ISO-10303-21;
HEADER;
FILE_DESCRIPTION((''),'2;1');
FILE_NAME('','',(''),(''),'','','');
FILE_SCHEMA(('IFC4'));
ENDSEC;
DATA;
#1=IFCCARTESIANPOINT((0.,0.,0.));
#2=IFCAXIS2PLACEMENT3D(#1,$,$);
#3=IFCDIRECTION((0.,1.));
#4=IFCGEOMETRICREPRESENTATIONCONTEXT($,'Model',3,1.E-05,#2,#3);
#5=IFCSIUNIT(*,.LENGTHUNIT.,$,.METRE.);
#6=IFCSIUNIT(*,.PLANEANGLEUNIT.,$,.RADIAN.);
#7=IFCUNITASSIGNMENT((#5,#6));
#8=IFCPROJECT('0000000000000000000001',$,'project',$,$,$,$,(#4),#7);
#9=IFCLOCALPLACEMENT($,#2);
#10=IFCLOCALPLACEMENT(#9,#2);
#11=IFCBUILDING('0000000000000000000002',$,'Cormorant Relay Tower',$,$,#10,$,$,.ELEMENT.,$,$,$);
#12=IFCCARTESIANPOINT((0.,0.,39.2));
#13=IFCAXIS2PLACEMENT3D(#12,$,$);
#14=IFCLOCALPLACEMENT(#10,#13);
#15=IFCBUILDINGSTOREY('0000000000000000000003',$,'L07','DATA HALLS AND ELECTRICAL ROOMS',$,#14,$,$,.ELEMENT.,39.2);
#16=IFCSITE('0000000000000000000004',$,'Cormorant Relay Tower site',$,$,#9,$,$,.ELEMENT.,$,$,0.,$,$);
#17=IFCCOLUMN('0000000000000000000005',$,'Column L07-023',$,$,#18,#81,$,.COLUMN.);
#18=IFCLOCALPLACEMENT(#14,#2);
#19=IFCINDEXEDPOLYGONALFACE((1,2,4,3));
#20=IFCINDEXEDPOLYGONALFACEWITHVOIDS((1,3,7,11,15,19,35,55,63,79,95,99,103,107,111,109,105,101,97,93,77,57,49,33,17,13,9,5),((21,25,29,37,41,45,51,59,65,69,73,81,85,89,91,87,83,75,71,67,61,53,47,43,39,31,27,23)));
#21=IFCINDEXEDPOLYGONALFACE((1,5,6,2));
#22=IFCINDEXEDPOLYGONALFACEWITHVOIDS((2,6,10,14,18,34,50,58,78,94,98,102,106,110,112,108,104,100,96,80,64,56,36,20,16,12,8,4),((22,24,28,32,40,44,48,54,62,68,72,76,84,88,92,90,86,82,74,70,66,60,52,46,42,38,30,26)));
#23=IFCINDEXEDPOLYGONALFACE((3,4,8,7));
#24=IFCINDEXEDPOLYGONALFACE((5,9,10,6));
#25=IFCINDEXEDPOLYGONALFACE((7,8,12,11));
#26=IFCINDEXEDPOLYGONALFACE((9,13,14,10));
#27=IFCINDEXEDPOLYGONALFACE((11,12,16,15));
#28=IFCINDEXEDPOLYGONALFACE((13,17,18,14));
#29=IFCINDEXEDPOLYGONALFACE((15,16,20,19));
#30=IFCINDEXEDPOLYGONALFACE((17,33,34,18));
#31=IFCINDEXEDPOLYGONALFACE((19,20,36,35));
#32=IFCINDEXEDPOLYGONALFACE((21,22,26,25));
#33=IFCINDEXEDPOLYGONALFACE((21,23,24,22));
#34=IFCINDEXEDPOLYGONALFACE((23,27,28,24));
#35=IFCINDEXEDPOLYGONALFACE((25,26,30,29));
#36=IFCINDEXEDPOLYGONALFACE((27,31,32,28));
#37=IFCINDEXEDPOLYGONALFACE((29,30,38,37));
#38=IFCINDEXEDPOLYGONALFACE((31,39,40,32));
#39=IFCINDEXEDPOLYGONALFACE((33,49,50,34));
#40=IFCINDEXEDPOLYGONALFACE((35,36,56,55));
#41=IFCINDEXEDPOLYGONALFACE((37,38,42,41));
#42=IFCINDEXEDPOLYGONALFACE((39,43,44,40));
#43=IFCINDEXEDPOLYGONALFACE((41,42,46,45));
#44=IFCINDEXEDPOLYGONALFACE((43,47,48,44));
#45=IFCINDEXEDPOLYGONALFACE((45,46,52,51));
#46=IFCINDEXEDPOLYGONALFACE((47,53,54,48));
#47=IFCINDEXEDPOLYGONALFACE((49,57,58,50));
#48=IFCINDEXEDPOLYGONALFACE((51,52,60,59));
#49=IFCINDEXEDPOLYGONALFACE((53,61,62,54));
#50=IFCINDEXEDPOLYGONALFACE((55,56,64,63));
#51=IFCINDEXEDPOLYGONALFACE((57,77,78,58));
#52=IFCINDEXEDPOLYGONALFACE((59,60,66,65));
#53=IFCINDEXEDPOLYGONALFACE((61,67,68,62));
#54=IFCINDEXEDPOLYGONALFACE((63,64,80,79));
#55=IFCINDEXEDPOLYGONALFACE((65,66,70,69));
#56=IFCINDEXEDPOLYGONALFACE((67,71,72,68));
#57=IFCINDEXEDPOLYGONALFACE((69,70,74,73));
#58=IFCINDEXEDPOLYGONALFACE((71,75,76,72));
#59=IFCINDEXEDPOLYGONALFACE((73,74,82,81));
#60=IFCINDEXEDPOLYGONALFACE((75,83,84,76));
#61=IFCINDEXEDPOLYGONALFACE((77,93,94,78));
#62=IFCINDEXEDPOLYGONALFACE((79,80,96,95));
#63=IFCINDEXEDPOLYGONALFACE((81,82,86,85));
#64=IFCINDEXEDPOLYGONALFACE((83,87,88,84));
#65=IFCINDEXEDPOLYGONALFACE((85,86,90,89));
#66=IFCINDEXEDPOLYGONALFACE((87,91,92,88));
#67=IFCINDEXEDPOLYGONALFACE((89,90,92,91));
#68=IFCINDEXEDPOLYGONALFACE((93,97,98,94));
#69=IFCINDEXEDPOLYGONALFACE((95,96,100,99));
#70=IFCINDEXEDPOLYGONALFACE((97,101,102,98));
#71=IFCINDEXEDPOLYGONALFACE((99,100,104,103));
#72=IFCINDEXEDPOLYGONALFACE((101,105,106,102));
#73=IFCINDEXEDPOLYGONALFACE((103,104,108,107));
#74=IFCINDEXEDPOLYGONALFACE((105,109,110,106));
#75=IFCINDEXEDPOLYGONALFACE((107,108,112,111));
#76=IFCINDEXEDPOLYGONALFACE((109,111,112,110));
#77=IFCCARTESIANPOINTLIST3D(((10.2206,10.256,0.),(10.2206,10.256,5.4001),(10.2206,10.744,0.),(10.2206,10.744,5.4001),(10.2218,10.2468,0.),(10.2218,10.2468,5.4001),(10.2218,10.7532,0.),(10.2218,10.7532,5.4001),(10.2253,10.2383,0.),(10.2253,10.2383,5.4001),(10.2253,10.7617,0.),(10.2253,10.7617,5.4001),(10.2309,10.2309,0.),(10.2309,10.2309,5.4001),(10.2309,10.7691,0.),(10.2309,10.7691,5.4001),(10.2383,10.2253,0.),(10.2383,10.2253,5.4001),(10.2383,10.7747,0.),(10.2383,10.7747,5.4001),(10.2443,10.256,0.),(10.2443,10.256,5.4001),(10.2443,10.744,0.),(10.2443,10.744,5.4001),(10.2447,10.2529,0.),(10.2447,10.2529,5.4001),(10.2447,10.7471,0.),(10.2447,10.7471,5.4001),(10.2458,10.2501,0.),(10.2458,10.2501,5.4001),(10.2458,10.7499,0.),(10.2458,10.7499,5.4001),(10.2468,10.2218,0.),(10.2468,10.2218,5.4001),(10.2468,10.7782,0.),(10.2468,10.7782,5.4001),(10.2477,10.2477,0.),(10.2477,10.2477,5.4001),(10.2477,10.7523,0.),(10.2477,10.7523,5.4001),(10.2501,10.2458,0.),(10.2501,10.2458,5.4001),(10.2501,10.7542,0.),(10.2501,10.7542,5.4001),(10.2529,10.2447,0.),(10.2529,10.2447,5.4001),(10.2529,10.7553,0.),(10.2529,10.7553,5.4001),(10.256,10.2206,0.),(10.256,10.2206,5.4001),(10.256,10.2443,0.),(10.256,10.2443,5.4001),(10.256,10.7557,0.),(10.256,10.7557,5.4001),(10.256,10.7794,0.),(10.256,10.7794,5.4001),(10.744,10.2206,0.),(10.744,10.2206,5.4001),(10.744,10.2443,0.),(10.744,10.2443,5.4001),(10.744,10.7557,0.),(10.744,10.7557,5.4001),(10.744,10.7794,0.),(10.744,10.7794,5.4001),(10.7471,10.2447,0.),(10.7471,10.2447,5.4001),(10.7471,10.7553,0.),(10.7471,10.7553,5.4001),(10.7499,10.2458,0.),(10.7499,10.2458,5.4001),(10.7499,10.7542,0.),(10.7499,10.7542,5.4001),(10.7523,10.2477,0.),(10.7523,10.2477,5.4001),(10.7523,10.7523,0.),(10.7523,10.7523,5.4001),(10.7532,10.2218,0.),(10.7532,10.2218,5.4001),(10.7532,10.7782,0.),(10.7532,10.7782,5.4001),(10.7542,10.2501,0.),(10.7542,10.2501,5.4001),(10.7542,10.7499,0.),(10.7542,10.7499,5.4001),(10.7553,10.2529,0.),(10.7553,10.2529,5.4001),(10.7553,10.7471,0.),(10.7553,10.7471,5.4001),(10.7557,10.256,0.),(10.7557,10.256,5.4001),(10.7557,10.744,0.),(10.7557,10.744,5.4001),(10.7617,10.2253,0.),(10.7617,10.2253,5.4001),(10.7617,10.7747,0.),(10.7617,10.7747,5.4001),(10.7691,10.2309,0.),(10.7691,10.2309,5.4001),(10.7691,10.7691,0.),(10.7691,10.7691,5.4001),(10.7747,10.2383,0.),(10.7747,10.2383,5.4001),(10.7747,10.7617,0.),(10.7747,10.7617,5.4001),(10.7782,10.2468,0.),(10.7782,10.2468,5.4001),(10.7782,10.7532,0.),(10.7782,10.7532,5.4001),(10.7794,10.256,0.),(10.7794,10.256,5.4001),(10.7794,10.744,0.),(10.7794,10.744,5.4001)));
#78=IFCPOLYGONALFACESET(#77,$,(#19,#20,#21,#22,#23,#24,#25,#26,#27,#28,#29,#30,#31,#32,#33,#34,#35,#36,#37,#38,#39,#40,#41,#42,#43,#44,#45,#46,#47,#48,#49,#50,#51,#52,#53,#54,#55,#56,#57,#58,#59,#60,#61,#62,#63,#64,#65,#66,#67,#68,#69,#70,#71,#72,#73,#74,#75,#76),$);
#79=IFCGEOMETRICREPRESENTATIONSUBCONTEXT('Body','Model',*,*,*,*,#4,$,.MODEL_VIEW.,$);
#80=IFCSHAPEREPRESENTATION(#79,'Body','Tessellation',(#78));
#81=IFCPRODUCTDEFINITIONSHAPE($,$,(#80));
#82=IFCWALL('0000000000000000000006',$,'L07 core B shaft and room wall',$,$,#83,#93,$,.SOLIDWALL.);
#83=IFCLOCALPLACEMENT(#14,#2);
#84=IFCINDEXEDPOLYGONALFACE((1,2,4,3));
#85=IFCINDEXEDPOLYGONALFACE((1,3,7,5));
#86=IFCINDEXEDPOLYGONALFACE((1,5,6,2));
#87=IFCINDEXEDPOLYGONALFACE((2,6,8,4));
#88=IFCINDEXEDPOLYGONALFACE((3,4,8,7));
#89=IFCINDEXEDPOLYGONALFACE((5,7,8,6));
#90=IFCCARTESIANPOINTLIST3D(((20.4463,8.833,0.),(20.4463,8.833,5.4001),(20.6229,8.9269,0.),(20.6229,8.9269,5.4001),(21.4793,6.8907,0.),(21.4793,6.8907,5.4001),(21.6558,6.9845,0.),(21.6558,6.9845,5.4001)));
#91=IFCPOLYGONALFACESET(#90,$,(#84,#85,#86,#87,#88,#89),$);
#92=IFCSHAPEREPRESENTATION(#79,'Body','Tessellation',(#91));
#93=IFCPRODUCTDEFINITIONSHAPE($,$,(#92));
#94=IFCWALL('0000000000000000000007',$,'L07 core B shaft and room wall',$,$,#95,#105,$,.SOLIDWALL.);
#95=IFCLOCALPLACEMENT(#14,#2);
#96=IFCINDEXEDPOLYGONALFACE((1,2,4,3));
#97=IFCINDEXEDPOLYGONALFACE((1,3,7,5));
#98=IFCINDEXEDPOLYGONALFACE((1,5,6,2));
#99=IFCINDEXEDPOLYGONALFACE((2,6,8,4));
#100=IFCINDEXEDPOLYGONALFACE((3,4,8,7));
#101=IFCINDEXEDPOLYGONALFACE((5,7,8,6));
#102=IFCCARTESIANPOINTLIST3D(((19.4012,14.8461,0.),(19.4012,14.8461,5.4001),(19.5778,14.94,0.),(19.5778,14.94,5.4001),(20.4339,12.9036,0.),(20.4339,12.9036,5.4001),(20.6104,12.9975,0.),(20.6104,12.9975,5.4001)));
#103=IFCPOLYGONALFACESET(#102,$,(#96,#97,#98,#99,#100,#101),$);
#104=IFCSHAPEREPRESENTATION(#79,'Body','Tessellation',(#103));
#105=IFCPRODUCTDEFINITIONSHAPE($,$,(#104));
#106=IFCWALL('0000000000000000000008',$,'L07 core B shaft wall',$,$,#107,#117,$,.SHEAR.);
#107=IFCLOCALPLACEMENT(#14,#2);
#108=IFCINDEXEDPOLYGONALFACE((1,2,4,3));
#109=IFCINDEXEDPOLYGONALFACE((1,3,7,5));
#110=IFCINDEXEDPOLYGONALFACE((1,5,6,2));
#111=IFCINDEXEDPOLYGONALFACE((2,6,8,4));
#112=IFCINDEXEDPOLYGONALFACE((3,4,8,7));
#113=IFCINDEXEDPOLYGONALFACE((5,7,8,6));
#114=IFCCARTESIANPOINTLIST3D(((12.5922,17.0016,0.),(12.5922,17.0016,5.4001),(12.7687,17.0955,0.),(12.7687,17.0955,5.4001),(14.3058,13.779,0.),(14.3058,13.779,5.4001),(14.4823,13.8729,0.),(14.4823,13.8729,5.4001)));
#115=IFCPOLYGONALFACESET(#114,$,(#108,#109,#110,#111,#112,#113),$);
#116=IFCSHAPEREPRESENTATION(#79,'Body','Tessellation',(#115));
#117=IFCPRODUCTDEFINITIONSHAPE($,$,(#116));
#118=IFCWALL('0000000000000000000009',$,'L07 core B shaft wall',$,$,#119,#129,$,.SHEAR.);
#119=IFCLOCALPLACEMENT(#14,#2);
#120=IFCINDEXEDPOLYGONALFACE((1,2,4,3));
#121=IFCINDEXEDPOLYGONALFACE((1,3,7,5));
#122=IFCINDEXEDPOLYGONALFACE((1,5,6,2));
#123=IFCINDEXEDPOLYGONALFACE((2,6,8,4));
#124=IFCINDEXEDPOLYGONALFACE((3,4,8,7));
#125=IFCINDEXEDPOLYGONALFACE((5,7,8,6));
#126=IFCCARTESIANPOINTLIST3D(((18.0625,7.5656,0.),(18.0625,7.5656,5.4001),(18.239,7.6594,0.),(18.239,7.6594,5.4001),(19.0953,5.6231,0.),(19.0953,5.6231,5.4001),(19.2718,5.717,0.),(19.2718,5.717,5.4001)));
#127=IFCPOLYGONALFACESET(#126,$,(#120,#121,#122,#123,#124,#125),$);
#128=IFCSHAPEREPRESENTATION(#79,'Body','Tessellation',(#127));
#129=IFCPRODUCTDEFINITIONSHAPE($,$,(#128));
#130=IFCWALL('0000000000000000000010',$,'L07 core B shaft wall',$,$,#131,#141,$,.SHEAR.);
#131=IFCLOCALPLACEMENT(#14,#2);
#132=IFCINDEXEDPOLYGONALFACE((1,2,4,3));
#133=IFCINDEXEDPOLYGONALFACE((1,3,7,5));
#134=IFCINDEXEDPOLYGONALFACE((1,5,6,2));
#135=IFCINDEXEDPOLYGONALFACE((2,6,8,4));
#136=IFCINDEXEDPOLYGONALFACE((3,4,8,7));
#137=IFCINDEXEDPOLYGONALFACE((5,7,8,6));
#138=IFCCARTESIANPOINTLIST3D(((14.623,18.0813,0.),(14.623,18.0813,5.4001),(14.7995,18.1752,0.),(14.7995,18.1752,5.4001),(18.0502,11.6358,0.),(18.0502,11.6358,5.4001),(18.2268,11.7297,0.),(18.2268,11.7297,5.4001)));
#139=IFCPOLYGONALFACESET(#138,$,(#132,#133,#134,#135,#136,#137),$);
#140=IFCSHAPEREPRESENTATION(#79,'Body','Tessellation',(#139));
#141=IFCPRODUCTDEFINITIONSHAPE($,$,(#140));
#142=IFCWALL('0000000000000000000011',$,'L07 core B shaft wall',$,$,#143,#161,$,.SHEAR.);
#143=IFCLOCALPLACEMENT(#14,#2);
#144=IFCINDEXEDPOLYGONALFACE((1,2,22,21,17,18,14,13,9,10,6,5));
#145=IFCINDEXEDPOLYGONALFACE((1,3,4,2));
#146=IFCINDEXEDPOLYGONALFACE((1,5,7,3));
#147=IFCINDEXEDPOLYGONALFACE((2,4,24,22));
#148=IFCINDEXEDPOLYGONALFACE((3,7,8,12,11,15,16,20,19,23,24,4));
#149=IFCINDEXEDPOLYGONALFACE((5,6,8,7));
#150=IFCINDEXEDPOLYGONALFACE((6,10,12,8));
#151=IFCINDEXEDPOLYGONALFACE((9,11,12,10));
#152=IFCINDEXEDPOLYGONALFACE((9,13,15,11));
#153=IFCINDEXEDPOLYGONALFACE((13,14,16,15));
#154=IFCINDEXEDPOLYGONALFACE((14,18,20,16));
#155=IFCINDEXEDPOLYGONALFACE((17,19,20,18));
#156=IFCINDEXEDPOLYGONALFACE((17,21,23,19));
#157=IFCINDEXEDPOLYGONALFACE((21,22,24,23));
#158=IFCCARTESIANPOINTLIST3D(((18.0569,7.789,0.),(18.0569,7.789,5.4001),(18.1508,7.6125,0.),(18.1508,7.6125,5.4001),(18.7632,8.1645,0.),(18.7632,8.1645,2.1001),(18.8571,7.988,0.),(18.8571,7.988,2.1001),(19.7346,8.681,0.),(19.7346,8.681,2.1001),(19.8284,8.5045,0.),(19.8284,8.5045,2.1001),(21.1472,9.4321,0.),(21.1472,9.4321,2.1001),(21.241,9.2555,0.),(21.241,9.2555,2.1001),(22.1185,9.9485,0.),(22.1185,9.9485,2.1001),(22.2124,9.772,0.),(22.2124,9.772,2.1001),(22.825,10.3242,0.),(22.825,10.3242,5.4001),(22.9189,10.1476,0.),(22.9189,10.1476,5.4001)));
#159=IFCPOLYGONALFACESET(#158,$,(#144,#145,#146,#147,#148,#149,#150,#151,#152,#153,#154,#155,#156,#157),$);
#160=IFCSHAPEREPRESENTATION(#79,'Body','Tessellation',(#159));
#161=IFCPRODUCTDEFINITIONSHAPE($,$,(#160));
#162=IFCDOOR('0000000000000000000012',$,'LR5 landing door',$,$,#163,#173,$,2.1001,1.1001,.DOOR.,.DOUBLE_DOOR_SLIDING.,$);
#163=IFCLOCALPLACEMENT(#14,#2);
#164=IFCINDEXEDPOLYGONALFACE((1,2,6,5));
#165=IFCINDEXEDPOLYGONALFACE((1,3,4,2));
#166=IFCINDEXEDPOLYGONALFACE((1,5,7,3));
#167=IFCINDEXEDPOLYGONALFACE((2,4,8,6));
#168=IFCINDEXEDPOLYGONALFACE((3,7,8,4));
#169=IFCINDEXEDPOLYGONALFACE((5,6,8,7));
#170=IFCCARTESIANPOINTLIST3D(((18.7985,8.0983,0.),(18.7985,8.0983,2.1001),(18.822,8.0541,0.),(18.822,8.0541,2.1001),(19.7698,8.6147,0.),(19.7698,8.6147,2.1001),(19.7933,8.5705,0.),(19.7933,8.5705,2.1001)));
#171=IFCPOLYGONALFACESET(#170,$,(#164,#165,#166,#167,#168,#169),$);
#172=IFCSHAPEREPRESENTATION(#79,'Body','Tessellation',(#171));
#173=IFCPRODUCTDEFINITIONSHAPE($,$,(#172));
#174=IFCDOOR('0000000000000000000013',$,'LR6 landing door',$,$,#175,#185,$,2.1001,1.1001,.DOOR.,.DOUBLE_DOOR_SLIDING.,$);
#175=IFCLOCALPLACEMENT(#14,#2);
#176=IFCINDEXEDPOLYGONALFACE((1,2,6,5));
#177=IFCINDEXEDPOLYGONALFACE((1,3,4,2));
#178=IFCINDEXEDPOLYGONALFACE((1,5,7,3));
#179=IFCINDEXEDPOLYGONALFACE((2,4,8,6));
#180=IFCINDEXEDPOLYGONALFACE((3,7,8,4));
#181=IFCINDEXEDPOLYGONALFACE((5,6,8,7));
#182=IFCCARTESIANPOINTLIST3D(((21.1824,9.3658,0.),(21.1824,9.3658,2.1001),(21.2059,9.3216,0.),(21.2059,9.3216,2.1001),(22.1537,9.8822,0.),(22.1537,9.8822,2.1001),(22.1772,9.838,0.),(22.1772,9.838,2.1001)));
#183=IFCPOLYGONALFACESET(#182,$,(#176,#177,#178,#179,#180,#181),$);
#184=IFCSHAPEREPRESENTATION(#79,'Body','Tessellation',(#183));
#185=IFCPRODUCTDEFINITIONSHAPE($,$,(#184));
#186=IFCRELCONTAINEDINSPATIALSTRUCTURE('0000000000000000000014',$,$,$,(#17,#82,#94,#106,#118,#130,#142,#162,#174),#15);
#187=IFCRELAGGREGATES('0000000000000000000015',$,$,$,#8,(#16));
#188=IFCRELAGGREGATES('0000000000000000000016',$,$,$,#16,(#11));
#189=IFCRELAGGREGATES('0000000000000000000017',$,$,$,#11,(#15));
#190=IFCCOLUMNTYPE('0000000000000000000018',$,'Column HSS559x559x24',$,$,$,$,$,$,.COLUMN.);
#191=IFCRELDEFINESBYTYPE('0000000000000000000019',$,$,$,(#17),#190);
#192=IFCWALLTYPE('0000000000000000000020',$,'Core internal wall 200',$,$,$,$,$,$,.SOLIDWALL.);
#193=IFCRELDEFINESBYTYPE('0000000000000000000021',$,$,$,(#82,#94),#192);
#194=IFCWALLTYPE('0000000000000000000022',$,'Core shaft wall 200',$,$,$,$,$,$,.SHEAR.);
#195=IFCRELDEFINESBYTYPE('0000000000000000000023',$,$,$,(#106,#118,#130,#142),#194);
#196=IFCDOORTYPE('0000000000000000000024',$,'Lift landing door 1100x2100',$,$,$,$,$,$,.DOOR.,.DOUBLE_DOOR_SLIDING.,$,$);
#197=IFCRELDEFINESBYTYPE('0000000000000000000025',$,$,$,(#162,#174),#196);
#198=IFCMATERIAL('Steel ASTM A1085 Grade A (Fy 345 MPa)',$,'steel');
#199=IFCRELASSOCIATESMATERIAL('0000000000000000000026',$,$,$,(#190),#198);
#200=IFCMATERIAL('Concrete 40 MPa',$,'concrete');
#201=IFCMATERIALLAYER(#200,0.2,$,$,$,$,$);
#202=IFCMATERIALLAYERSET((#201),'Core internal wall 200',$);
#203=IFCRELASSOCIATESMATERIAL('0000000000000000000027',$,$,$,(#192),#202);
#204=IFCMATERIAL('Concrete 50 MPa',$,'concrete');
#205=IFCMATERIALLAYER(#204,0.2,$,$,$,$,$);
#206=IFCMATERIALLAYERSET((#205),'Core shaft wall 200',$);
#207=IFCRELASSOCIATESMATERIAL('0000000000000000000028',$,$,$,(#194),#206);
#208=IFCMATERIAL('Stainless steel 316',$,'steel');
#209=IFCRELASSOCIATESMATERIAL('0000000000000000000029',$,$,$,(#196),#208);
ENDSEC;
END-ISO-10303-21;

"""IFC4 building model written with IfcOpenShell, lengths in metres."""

from ifc_helpers import new_model, si_unit, direction, frame, frame_2d, origin, origin_2d, place, context, subcontext, project, spatial, rectangle, hollow_rectangle, extrude, material, layer, layer_set, material_profile, profile_set, type_object, element, fill, save


model = new_model("IFC4")

# Units and contexts
model_context = context("Model", 3, precision=1e-05, world=origin(), true_north=direction((0.0, 1.0)))
body_context = subcontext(model_context, "Body", "Model", "MODEL_VIEW")
ifc_project = project(units=[si_unit("LENGTHUNIT", "METRE"), si_unit("PLANEANGLEUNIT", "RADIAN")], contexts=[model_context])

# Site, building, storey
site_placement = place(None, origin())
site = spatial("IfcSite", under=ifc_project, at=site_placement, Name="Cormorant Relay Tower site", CompositionType="ELEMENT", RefElevation=0.0)
building_placement = place(site_placement, origin())
building = spatial("IfcBuilding", under=site, at=building_placement, Name="Cormorant Relay Tower", CompositionType="ELEMENT")
storey_placement = place(building_placement, frame((0.0, 0.0, 39.2)))
storey = spatial("IfcBuildingStorey", under=building, at=storey_placement, Name="L07", Description="DATA HALLS AND ELECTRICAL ROOMS", CompositionType="ELEMENT", Elevation=39.2)

# Column
ifc_material_1 = material(Name="Steel ASTM A1085 Grade A (Fy 345 MPa)", Category="steel")
ifc_material_profile = material_profile(ifc_material_1, hollow_rectangle(XDim=0.5588, YDim=0.5588, WallThickness=0.0237, InnerFilletRadius=0.0117, OuterFilletRadius=0.0354, at=origin_2d()), Name="HSS559x559x24")
ifc_profile_set = profile_set([ifc_material_profile], Name="Steel ASTM A1085 Grade A (Fy 345 MPa)")
column_type = type_object("IfcColumnType", Name="Column HSS559x559x24", PredefinedType="COLUMN", material=ifc_profile_set)
column_placement = place(storey_placement, frame((10.5, 10.5, 0.0), z_axis=(0.0, 0.0, 1.0), x_axis=(1.0, 0.0, 0.0)))
element("IfcColumn", 1, at=column_placement, inside=storey, type_object=column_type, Name="Column L07-023", PredefinedType="COLUMN", context=body_context, shape_type="SweptSolid", body=[
    extrude(hollow_rectangle(XDim=0.5588, YDim=0.5588, WallThickness=0.0237, InnerFilletRadius=0.0117, OuterFilletRadius=0.0354, at=origin_2d()), origin(), (0.0, 0.0, 1.0), 5.4001),
])

# Walls
ifc_material_2 = material(Name="Concrete 40 MPa", Category="concrete")
ifc_layer_1 = layer(ifc_material_2, 0.2)
ifc_layer_set_1 = layer_set([ifc_layer_1], Name="Core internal wall 200")
wall_type_1 = type_object("IfcWallType", Name="Core internal wall 200", PredefinedType="SOLIDWALL", material=ifc_layer_set_1)
for number, where, z_axis, x_axis, name in (
    (2, (21.5676, 6.9375, 0.0), (0.0, 0.0, 1.0), (-0.469534, 0.882914, 0.0), "L07 core B shaft and room wall"),
    (3, (20.5222, 12.9504, 0.0), (0.0, 0.0, 1.0), (-0.469401, 0.882985, 0.0), "L07 core B shaft and room wall"),
):
    element("IfcWall", number, at=place(storey_placement, frame(where, z_axis=z_axis, x_axis=x_axis)), inside=storey, type_object=wall_type_1, Name=name, PredefinedType="SOLIDWALL", context=body_context, shape_type="SweptSolid", body=[
        extrude(rectangle(XDim=2.2, YDim=0.2, at=frame_2d((1.1001, 0.0))), origin(), (0.0, 0.0, 1.0), 5.4001),
    ])
ifc_material_3 = material(Name="Concrete 50 MPa", Category="concrete")
ifc_layer_2 = layer(ifc_material_3, 0.2)
ifc_layer_set_2 = layer_set([ifc_layer_2], Name="Core shaft wall 200")
wall_type_2 = type_object("IfcWallType", Name="Core shaft wall 200", PredefinedType="SHEAR", material=ifc_layer_set_2)
wall_1_placement = place(storey_placement, frame((14.394, 13.8259, 0.0), z_axis=(0.0, 0.0, 1.0), x_axis=(-0.469494, 0.882936, 0.0)))
element("IfcWall", 4, at=wall_1_placement, inside=storey, type_object=wall_type_2, Name="L07 core B shaft wall", PredefinedType="SHEAR", context=body_context, shape_type="SweptSolid", body=[
    extrude(rectangle(XDim=3.6499, YDim=0.2, at=frame_2d((1.825, 0.0))), origin(), (0.0, 0.0, 1.0), 5.4001),
])
wall_2_placement = place(storey_placement, frame((19.1836, 5.6699, 0.0), z_axis=(0.0, 0.0, 1.0), x_axis=(-0.469447, 0.88296, 0.0)))
element("IfcWall", 5, at=wall_2_placement, inside=storey, type_object=wall_type_2, Name="L07 core B shaft wall", PredefinedType="SHEAR", context=body_context, shape_type="SweptSolid", body=[
    extrude(rectangle(XDim=2.2, YDim=0.2, at=frame_2d((1.1001, 0.0))), origin(), (0.0, 0.0, 1.0), 5.4001),
])
wall_3_placement = place(storey_placement, frame((18.1384, 11.6829, 0.0), z_axis=(0.0, 0.0, 1.0), x_axis=(-0.46948, 0.882943, 0.0)))
element("IfcWall", 6, at=wall_3_placement, inside=storey, type_object=wall_type_2, Name="L07 core B shaft wall", PredefinedType="SHEAR", context=body_context, shape_type="SweptSolid", body=[
    extrude(rectangle(XDim=7.3, YDim=0.2, at=frame_2d((3.6499, 0.0))), origin(), (0.0, 0.0, 1.0), 5.4001),
])

# Wall, openings, doors
wall_4_placement = place(storey_placement, frame((18.1038, 7.7007, 0.0), z_axis=(0.0, 0.0, 1.0), x_axis=(0.882953, 0.469462, 0.0)))
wall_4 = element("IfcWall", 7, at=wall_4_placement, inside=storey, type_object=wall_type_2, Name="L07 core B shaft wall", PredefinedType="SHEAR", context=body_context, shape_type="SweptSolid", body=[
    extrude(rectangle(XDim=5.4001, YDim=0.2, at=frame_2d((2.7002, 0.0))), origin(), (0.0, 0.0, 1.0), 5.4001),
])
opening_1_placement = place(wall_4_placement, frame((0.8, 0.0, 0.0)))
opening_1 = element("IfcOpeningElement", 8, at=opening_1_placement, cuts=wall_4, PredefinedType="OPENING", context=body_context, shape_type="SweptSolid", body=[
    extrude(rectangle(XDim=1.1001, YDim=2.1001, at=frame_2d((0.55, 1.05))), frame((0.0, 0.1099, 0.0), z_axis=(0.0, -1.0, 0.0), x_axis=(1.0, 0.0, 0.0)), (0.0, 0.0, 1.0), 0.22),
])
opening_2_placement = place(wall_4_placement, frame((3.5, 0.0, 0.0)))
opening_2 = element("IfcOpeningElement", 9, at=opening_2_placement, cuts=wall_4, PredefinedType="OPENING", context=body_context, shape_type="SweptSolid", body=[
    extrude(rectangle(XDim=1.1001, YDim=2.1001, at=frame_2d((0.55, 1.05))), frame((0.0, 0.1099, 0.0), z_axis=(0.0, -1.0, 0.0), x_axis=(1.0, 0.0, 0.0)), (0.0, 0.0, 1.0), 0.22),
])
ifc_material_4 = material(Name="Stainless steel 316", Category="steel")
door_type_1 = type_object("IfcDoorType", Name="Lift landing door 1100x2100", OperationType="DOUBLE_DOOR_SLIDING", PredefinedType="DOOR", material=ifc_material_4)
door_1_placement = place(opening_1_placement, origin())
door_1 = element("IfcDoor", 10, at=door_1_placement, inside=storey, type_object=door_type_1, Name="LR5 landing door", OperationType="DOUBLE_DOOR_SLIDING", OverallHeight=2.1001, OverallWidth=1.1001, PredefinedType="DOOR", context=body_context, shape_type="SweptSolid", body=[
    extrude(rectangle(XDim=1.1001, YDim=2.1001, at=frame_2d((0.55, 1.05))), frame((0.0, 0.0249, 0.0), z_axis=(0.0, -1.0, 0.0), x_axis=(1.0, 0.0, 0.0)), (0.0, 0.0, 1.0), 0.05),
])
fill(opening_1, door_1)
door_2_placement = place(opening_2_placement, origin())
door_2 = element("IfcDoor", 11, at=door_2_placement, inside=storey, type_object=door_type_1, Name="LR6 landing door", OperationType="DOUBLE_DOOR_SLIDING", OverallHeight=2.1001, OverallWidth=1.1001, PredefinedType="DOOR", context=body_context, shape_type="SweptSolid", body=[
    extrude(rectangle(XDim=1.1001, YDim=2.1001, at=frame_2d((0.55, 1.05))), frame((0.0, 0.0249, 0.0), z_axis=(0.0, -1.0, 0.0), x_axis=(1.0, 0.0, 0.0)), (0.0, 0.0, 1.0), 0.05),
])
fill(opening_2, door_2)

save(model, "model.ifc")
